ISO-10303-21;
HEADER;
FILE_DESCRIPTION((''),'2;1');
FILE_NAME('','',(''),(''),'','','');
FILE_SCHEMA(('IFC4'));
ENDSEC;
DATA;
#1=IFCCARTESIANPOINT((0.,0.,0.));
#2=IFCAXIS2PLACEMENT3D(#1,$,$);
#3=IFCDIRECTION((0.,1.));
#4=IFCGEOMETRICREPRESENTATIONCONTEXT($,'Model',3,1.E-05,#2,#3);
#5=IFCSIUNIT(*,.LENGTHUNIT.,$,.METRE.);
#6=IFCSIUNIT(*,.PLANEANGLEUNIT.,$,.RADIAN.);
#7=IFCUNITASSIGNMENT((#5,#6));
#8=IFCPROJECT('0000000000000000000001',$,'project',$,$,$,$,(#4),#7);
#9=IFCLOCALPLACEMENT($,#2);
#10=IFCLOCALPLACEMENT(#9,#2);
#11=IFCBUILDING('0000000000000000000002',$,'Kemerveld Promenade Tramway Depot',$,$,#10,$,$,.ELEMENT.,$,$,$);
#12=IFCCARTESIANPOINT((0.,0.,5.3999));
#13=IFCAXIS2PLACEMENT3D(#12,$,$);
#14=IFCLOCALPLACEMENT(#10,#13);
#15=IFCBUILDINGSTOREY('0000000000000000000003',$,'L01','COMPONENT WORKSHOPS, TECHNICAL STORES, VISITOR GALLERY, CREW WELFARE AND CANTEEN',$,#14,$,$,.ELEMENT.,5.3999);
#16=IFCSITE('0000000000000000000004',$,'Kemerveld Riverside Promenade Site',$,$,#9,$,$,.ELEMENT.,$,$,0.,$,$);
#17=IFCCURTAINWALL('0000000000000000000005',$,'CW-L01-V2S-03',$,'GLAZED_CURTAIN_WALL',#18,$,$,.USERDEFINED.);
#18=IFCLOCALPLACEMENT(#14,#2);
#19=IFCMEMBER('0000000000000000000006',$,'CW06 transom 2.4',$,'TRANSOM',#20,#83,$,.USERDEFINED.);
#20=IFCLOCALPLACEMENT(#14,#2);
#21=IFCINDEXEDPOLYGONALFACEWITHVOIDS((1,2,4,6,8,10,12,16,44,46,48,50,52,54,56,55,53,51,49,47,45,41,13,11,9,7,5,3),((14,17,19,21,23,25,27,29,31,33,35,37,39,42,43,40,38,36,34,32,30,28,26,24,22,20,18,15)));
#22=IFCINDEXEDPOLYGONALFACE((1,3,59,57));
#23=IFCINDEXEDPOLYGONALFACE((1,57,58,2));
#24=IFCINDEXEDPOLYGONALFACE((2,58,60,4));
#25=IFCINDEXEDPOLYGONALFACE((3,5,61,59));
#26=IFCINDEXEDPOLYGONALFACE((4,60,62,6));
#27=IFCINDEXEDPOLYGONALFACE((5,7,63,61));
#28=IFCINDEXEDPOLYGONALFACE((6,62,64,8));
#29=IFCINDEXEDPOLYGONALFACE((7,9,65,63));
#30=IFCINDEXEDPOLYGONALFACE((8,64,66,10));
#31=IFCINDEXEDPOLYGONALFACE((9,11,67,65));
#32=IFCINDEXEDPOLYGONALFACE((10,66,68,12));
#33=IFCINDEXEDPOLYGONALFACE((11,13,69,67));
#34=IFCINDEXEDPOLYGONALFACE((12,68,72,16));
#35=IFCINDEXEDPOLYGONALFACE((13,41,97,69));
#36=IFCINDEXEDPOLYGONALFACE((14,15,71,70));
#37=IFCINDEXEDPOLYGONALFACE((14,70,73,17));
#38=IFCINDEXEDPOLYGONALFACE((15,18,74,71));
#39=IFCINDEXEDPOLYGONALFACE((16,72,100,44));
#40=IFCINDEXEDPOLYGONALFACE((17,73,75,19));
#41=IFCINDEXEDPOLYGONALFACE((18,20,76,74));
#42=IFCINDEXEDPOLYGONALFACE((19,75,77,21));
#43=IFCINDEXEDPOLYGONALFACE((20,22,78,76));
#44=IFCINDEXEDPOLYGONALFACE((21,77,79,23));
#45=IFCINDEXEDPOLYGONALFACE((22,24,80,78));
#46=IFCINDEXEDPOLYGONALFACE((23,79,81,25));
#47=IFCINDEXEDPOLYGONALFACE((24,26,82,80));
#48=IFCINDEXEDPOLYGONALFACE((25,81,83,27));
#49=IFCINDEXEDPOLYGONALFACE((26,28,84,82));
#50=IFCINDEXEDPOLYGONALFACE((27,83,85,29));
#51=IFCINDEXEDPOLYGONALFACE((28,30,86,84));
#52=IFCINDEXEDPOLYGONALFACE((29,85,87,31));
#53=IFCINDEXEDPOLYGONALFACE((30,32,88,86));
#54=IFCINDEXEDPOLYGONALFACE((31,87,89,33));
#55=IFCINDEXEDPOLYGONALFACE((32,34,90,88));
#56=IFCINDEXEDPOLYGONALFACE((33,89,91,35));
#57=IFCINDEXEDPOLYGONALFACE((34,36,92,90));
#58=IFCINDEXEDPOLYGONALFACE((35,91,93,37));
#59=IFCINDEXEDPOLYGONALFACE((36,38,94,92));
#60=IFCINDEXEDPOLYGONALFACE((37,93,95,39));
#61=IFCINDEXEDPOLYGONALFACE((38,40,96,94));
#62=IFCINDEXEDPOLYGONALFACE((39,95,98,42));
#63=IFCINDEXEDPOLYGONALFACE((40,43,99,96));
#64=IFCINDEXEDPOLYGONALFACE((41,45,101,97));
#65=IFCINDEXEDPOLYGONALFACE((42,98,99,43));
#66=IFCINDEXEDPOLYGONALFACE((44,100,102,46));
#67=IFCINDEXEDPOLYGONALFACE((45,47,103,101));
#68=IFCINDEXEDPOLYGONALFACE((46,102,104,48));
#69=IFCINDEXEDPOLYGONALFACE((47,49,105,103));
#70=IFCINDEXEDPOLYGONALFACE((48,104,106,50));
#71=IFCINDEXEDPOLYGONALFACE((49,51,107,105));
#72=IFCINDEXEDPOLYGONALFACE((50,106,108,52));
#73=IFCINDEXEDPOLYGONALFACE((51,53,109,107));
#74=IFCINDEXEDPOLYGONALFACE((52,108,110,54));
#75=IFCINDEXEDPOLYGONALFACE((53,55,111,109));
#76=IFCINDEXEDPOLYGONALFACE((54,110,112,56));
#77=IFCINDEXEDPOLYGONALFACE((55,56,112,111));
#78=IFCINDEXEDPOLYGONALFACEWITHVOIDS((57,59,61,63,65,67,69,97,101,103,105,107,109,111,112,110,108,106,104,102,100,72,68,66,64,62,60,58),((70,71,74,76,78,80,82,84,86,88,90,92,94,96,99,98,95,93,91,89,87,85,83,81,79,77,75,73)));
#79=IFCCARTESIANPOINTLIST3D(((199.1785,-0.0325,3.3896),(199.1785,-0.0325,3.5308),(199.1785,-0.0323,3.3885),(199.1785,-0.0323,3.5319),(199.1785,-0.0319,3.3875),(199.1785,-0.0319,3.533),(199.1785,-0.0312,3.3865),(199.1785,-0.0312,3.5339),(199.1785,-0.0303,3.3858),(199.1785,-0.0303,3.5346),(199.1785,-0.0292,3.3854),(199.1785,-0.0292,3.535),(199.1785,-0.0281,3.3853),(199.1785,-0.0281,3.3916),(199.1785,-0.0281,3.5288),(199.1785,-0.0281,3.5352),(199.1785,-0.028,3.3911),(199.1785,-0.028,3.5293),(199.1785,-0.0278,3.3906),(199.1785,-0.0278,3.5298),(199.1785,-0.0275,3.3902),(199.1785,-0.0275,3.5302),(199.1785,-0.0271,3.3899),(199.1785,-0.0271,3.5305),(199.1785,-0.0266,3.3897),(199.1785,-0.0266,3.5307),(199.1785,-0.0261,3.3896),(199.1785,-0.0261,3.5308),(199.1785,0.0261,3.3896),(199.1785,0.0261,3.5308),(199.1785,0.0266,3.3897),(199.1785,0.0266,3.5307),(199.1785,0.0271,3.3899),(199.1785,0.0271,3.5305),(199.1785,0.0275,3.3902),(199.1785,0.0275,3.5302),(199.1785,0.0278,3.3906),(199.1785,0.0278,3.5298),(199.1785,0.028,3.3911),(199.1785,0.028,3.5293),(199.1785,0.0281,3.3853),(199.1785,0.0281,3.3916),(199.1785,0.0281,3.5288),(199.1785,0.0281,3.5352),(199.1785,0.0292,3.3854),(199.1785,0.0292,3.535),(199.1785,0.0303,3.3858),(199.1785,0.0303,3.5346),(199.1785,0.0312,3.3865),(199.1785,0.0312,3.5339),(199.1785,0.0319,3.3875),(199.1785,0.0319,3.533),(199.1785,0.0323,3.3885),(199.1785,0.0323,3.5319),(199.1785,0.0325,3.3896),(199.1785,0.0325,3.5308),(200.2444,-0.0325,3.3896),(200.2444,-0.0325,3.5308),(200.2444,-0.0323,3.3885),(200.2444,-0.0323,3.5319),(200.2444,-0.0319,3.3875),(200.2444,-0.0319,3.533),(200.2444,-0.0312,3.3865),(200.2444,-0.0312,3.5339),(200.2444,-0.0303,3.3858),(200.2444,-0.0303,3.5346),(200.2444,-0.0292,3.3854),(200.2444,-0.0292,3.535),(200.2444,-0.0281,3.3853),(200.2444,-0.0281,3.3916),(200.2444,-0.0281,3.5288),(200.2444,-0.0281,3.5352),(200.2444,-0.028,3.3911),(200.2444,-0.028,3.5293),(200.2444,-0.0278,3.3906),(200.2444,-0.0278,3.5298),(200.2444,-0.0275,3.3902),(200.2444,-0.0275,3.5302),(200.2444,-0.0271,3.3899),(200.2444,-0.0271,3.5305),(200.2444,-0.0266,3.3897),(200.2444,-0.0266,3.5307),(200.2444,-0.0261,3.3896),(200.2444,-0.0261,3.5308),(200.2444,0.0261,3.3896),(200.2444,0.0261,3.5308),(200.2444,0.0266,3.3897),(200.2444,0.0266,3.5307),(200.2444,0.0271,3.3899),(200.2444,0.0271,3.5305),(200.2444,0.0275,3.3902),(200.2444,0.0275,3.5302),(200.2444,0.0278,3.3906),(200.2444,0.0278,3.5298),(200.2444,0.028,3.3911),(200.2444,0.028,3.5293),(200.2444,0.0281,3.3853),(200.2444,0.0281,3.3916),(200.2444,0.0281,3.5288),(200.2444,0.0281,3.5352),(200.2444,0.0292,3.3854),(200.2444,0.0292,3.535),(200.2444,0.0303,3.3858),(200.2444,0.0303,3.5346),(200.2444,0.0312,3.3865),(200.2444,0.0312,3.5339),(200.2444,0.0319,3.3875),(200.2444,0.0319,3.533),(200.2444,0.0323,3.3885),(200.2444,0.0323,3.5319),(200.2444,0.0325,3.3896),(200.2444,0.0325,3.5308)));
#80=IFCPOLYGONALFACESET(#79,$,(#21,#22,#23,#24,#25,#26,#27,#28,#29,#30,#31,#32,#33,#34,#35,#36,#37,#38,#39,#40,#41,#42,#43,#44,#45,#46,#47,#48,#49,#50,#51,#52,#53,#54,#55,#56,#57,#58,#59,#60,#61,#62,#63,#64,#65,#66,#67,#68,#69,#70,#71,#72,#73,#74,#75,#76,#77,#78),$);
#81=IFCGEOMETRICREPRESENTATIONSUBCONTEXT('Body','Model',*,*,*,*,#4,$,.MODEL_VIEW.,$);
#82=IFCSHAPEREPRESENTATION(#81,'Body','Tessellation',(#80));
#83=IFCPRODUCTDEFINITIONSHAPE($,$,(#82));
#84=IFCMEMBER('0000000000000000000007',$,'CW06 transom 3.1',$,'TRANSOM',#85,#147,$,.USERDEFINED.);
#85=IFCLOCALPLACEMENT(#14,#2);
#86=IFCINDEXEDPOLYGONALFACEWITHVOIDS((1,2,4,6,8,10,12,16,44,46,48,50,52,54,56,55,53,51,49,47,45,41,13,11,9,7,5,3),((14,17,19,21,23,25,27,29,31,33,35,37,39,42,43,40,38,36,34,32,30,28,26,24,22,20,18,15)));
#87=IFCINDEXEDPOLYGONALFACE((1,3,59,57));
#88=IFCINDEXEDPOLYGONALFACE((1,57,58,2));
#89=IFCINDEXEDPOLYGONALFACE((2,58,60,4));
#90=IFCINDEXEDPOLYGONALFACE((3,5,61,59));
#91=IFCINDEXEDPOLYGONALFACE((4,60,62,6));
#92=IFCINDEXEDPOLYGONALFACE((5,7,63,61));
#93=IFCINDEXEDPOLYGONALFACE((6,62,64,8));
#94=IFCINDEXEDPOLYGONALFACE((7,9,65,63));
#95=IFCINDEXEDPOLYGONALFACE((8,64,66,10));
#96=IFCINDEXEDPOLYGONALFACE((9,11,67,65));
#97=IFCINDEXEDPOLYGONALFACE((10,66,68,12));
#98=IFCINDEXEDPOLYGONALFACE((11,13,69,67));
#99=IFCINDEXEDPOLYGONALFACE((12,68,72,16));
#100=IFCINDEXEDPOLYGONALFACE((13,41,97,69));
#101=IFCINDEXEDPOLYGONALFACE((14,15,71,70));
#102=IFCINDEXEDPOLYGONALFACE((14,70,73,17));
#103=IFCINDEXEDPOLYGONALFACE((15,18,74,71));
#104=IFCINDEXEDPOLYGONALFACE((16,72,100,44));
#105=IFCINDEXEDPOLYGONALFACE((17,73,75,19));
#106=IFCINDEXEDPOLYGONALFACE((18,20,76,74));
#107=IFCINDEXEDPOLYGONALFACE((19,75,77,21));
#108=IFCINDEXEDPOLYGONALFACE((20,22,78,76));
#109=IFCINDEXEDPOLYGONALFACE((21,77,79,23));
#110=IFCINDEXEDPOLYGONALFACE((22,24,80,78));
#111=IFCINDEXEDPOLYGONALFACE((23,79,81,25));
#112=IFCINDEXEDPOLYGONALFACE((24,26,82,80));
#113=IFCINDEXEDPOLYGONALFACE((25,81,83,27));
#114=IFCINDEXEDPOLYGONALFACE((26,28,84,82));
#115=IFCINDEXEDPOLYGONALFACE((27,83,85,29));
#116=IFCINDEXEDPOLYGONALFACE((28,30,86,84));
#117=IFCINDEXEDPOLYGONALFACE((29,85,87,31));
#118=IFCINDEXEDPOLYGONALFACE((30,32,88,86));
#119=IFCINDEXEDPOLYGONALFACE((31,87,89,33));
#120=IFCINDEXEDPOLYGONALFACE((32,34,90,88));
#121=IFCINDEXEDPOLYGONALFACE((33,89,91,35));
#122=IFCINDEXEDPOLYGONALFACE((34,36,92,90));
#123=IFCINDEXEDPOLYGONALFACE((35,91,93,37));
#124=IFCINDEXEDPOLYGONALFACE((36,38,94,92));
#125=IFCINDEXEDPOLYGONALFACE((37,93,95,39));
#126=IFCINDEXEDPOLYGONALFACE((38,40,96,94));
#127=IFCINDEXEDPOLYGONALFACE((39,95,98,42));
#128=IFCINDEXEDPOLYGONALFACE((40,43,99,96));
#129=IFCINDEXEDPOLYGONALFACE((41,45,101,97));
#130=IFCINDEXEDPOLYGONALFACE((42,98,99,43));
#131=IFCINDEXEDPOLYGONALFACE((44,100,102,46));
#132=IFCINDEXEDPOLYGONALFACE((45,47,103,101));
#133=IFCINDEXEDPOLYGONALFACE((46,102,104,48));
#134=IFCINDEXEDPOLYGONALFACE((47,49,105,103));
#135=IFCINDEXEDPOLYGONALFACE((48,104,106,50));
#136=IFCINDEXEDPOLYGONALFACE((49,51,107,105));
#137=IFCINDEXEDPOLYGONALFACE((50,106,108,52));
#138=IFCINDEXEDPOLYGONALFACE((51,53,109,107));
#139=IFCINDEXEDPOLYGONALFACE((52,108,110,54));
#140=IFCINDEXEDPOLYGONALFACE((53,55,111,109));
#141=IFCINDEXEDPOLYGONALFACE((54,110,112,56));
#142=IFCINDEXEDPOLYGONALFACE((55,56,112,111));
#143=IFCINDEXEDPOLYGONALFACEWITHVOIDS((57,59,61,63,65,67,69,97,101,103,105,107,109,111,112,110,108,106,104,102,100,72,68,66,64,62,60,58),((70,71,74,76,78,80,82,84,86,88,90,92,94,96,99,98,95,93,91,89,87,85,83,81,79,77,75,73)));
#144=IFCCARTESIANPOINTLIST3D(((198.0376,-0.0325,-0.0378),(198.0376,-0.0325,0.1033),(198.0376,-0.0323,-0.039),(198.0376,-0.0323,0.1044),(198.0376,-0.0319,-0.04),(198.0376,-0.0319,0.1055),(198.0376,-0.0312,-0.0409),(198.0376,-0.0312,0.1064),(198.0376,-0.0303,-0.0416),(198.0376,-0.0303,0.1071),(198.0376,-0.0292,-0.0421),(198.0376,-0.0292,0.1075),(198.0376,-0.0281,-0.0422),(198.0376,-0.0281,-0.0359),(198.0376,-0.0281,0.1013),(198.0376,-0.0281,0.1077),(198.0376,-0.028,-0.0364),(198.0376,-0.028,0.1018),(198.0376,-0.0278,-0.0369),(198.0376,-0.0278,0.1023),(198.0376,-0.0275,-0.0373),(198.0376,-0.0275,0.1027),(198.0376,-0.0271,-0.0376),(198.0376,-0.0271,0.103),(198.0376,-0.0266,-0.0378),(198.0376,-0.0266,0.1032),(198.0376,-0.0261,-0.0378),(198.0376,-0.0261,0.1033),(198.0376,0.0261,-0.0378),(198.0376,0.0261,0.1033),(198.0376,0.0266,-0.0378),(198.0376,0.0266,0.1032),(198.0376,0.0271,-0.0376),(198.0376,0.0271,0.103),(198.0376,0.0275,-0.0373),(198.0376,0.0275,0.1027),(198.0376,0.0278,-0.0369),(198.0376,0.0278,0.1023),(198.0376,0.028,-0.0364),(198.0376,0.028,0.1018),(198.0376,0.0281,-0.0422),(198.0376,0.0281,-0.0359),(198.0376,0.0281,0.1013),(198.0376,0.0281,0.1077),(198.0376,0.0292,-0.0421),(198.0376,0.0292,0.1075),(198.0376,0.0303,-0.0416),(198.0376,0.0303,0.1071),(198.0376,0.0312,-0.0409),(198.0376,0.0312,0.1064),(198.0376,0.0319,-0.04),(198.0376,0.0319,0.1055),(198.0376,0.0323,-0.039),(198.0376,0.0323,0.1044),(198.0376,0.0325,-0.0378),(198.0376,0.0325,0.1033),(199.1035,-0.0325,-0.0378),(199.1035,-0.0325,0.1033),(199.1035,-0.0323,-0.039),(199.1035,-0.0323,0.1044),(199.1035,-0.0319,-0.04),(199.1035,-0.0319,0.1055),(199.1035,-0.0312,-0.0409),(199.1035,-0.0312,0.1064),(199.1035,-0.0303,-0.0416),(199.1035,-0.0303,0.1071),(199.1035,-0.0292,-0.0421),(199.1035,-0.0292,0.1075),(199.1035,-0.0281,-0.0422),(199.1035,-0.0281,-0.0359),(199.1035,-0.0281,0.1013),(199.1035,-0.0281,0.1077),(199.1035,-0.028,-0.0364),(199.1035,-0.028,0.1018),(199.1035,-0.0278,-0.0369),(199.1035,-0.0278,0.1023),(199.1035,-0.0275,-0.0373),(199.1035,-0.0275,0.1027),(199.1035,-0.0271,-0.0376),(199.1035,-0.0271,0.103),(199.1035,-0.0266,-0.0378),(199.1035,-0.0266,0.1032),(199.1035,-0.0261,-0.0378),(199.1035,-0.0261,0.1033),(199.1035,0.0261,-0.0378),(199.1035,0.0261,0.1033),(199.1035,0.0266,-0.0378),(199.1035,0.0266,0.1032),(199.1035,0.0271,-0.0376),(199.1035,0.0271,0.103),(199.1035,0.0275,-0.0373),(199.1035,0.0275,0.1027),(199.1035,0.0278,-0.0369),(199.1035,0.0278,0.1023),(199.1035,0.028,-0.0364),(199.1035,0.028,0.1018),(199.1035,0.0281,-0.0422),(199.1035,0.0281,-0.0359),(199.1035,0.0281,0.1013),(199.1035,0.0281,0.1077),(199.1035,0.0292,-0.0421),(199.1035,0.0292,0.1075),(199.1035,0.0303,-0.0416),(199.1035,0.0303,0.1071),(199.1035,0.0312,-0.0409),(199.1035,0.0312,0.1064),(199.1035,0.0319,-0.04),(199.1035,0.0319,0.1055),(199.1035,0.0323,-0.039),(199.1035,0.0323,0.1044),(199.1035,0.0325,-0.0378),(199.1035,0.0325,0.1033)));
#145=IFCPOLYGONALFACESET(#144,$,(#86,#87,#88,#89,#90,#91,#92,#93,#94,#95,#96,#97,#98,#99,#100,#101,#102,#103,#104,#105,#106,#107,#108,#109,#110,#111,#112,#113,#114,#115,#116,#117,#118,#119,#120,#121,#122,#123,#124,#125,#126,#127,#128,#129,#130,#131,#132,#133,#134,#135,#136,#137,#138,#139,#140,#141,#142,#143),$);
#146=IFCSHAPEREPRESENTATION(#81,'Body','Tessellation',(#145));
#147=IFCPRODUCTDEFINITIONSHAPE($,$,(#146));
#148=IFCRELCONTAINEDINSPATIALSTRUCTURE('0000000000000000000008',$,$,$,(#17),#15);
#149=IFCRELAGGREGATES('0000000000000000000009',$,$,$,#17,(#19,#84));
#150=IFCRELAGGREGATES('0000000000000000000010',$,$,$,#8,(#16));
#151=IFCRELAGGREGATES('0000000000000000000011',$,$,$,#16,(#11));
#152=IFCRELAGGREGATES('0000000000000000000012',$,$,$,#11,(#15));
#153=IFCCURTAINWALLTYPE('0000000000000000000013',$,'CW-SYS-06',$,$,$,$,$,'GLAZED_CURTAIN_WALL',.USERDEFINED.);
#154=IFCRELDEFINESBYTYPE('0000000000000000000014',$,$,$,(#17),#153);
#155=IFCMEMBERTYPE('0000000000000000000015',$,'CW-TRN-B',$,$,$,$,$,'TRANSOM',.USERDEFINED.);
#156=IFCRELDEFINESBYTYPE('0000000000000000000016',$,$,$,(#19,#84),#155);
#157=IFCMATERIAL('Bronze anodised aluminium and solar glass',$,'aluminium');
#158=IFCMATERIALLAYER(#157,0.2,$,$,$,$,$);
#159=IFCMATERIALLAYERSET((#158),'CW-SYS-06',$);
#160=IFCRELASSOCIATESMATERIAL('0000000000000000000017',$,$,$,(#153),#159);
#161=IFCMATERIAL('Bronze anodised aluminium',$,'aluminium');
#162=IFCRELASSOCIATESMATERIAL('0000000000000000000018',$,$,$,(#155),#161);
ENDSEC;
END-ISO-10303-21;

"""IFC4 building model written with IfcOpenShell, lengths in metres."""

from ifc_helpers import new_model, si_unit, direction, frame, origin, origin_2d, place, context, subcontext, project, spatial, hollow_rectangle, extrude, material, layer, layer_set, material_profile, profile_set, type_object, element, aggregate, save


model = new_model("IFC4")

# Units and contexts
model_context = context("Model", 3, precision=1e-05, world=origin(), true_north=direction((0.0, 1.0)))
body_context = subcontext(model_context, "Body", "Model", "MODEL_VIEW")
ifc_project = project(units=[si_unit("LENGTHUNIT", "METRE"), si_unit("PLANEANGLEUNIT", "RADIAN")], contexts=[model_context])

# Site, building, storey
site_placement = place(None, origin())
site = spatial("IfcSite", under=ifc_project, at=site_placement, Name="Kemerveld Riverside Promenade Site", CompositionType="ELEMENT", RefElevation=0.0)
building_placement = place(site_placement, origin())
building = spatial("IfcBuilding", under=site, at=building_placement, Name="Kemerveld Promenade Tramway Depot", CompositionType="ELEMENT")
storey_placement = place(building_placement, frame((0.0, 0.0, 5.3999)))
storey = spatial("IfcBuildingStorey", under=building, at=storey_placement, Name="L01", Description="COMPONENT WORKSHOPS, TECHNICAL STORES, VISITOR GALLERY, CREW WELFARE AND CANTEEN", CompositionType="ELEMENT", Elevation=5.3999)

# Curtain wall, members
ifc_material_1 = material(Name="Bronze anodised aluminium and solar glass", Category="aluminium")
ifc_layer_1 = layer(ifc_material_1, 0.2)
ifc_layer_set_1 = layer_set([ifc_layer_1], Name="CW-SYS-06")
curtain_wall_type = type_object("IfcCurtainWallType", Name="CW-SYS-06", ElementType="GLAZED_CURTAIN_WALL", PredefinedType="USERDEFINED", material=ifc_layer_set_1)
curtain_wall_placement = place(storey_placement, origin())
curtain_wall = element("IfcCurtainWall", 1, at=curtain_wall_placement, inside=storey, type_object=curtain_wall_type, Name="CW-L01-V2S-03", ObjectType="GLAZED_CURTAIN_WALL", PredefinedType="USERDEFINED")
ifc_material_2 = material(Name="Bronze anodised aluminium", Category="aluminium")
ifc_material_profile_1 = material_profile(ifc_material_2, hollow_rectangle(XDim=0.0649, YDim=0.1499, WallThickness=0.0044, InnerFilletRadius=0.002, OuterFilletRadius=0.0044, at=origin_2d()), Name="CW-TRN-150x65")
ifc_profile_set_1 = profile_set([ifc_material_profile_1], Name="Bronze anodised aluminium")
member_type_1 = type_object("IfcMemberType", Name="CW-TRN-B", ElementType="TRANSOM", PredefinedType="USERDEFINED", material=ifc_profile_set_1)
member_1_placement = place(storey_placement, frame((200.2444, 0.0, 3.4602), z_axis=(-1.0, 0.0, 0.0), x_axis=(0.0, -1.0, 0.0)))
member_1 = element("IfcMember", 2, at=member_1_placement, type_object=member_type_1, Name="CW06 transom 2.4", ObjectType="TRANSOM", PredefinedType="USERDEFINED", context=body_context, shape_type="SweptSolid", body=[
    extrude(hollow_rectangle(XDim=0.0649, YDim=0.1499, WallThickness=0.0044, InnerFilletRadius=0.002, OuterFilletRadius=0.0044, at=origin_2d()), origin(), (0.0, 0.0, 1.0), 1.0659),
])
member_2_placement = place(storey_placement, frame((199.1035, 0.0, 0.0327), z_axis=(-1.0, 0.0, 0.0), x_axis=(0.0, -1.0, 0.0)))
member_2 = element("IfcMember", 3, at=member_2_placement, type_object=member_type_1, Name="CW06 transom 3.1", ObjectType="TRANSOM", PredefinedType="USERDEFINED", context=body_context, shape_type="SweptSolid", body=[
    extrude(hollow_rectangle(XDim=0.0649, YDim=0.1499, WallThickness=0.0044, InnerFilletRadius=0.002, OuterFilletRadius=0.0044, at=origin_2d()), origin(), (0.0, 0.0, 1.0), 1.0659),
])
aggregate(curtain_wall, [member_1, member_2])

save(model, "model.ifc")
